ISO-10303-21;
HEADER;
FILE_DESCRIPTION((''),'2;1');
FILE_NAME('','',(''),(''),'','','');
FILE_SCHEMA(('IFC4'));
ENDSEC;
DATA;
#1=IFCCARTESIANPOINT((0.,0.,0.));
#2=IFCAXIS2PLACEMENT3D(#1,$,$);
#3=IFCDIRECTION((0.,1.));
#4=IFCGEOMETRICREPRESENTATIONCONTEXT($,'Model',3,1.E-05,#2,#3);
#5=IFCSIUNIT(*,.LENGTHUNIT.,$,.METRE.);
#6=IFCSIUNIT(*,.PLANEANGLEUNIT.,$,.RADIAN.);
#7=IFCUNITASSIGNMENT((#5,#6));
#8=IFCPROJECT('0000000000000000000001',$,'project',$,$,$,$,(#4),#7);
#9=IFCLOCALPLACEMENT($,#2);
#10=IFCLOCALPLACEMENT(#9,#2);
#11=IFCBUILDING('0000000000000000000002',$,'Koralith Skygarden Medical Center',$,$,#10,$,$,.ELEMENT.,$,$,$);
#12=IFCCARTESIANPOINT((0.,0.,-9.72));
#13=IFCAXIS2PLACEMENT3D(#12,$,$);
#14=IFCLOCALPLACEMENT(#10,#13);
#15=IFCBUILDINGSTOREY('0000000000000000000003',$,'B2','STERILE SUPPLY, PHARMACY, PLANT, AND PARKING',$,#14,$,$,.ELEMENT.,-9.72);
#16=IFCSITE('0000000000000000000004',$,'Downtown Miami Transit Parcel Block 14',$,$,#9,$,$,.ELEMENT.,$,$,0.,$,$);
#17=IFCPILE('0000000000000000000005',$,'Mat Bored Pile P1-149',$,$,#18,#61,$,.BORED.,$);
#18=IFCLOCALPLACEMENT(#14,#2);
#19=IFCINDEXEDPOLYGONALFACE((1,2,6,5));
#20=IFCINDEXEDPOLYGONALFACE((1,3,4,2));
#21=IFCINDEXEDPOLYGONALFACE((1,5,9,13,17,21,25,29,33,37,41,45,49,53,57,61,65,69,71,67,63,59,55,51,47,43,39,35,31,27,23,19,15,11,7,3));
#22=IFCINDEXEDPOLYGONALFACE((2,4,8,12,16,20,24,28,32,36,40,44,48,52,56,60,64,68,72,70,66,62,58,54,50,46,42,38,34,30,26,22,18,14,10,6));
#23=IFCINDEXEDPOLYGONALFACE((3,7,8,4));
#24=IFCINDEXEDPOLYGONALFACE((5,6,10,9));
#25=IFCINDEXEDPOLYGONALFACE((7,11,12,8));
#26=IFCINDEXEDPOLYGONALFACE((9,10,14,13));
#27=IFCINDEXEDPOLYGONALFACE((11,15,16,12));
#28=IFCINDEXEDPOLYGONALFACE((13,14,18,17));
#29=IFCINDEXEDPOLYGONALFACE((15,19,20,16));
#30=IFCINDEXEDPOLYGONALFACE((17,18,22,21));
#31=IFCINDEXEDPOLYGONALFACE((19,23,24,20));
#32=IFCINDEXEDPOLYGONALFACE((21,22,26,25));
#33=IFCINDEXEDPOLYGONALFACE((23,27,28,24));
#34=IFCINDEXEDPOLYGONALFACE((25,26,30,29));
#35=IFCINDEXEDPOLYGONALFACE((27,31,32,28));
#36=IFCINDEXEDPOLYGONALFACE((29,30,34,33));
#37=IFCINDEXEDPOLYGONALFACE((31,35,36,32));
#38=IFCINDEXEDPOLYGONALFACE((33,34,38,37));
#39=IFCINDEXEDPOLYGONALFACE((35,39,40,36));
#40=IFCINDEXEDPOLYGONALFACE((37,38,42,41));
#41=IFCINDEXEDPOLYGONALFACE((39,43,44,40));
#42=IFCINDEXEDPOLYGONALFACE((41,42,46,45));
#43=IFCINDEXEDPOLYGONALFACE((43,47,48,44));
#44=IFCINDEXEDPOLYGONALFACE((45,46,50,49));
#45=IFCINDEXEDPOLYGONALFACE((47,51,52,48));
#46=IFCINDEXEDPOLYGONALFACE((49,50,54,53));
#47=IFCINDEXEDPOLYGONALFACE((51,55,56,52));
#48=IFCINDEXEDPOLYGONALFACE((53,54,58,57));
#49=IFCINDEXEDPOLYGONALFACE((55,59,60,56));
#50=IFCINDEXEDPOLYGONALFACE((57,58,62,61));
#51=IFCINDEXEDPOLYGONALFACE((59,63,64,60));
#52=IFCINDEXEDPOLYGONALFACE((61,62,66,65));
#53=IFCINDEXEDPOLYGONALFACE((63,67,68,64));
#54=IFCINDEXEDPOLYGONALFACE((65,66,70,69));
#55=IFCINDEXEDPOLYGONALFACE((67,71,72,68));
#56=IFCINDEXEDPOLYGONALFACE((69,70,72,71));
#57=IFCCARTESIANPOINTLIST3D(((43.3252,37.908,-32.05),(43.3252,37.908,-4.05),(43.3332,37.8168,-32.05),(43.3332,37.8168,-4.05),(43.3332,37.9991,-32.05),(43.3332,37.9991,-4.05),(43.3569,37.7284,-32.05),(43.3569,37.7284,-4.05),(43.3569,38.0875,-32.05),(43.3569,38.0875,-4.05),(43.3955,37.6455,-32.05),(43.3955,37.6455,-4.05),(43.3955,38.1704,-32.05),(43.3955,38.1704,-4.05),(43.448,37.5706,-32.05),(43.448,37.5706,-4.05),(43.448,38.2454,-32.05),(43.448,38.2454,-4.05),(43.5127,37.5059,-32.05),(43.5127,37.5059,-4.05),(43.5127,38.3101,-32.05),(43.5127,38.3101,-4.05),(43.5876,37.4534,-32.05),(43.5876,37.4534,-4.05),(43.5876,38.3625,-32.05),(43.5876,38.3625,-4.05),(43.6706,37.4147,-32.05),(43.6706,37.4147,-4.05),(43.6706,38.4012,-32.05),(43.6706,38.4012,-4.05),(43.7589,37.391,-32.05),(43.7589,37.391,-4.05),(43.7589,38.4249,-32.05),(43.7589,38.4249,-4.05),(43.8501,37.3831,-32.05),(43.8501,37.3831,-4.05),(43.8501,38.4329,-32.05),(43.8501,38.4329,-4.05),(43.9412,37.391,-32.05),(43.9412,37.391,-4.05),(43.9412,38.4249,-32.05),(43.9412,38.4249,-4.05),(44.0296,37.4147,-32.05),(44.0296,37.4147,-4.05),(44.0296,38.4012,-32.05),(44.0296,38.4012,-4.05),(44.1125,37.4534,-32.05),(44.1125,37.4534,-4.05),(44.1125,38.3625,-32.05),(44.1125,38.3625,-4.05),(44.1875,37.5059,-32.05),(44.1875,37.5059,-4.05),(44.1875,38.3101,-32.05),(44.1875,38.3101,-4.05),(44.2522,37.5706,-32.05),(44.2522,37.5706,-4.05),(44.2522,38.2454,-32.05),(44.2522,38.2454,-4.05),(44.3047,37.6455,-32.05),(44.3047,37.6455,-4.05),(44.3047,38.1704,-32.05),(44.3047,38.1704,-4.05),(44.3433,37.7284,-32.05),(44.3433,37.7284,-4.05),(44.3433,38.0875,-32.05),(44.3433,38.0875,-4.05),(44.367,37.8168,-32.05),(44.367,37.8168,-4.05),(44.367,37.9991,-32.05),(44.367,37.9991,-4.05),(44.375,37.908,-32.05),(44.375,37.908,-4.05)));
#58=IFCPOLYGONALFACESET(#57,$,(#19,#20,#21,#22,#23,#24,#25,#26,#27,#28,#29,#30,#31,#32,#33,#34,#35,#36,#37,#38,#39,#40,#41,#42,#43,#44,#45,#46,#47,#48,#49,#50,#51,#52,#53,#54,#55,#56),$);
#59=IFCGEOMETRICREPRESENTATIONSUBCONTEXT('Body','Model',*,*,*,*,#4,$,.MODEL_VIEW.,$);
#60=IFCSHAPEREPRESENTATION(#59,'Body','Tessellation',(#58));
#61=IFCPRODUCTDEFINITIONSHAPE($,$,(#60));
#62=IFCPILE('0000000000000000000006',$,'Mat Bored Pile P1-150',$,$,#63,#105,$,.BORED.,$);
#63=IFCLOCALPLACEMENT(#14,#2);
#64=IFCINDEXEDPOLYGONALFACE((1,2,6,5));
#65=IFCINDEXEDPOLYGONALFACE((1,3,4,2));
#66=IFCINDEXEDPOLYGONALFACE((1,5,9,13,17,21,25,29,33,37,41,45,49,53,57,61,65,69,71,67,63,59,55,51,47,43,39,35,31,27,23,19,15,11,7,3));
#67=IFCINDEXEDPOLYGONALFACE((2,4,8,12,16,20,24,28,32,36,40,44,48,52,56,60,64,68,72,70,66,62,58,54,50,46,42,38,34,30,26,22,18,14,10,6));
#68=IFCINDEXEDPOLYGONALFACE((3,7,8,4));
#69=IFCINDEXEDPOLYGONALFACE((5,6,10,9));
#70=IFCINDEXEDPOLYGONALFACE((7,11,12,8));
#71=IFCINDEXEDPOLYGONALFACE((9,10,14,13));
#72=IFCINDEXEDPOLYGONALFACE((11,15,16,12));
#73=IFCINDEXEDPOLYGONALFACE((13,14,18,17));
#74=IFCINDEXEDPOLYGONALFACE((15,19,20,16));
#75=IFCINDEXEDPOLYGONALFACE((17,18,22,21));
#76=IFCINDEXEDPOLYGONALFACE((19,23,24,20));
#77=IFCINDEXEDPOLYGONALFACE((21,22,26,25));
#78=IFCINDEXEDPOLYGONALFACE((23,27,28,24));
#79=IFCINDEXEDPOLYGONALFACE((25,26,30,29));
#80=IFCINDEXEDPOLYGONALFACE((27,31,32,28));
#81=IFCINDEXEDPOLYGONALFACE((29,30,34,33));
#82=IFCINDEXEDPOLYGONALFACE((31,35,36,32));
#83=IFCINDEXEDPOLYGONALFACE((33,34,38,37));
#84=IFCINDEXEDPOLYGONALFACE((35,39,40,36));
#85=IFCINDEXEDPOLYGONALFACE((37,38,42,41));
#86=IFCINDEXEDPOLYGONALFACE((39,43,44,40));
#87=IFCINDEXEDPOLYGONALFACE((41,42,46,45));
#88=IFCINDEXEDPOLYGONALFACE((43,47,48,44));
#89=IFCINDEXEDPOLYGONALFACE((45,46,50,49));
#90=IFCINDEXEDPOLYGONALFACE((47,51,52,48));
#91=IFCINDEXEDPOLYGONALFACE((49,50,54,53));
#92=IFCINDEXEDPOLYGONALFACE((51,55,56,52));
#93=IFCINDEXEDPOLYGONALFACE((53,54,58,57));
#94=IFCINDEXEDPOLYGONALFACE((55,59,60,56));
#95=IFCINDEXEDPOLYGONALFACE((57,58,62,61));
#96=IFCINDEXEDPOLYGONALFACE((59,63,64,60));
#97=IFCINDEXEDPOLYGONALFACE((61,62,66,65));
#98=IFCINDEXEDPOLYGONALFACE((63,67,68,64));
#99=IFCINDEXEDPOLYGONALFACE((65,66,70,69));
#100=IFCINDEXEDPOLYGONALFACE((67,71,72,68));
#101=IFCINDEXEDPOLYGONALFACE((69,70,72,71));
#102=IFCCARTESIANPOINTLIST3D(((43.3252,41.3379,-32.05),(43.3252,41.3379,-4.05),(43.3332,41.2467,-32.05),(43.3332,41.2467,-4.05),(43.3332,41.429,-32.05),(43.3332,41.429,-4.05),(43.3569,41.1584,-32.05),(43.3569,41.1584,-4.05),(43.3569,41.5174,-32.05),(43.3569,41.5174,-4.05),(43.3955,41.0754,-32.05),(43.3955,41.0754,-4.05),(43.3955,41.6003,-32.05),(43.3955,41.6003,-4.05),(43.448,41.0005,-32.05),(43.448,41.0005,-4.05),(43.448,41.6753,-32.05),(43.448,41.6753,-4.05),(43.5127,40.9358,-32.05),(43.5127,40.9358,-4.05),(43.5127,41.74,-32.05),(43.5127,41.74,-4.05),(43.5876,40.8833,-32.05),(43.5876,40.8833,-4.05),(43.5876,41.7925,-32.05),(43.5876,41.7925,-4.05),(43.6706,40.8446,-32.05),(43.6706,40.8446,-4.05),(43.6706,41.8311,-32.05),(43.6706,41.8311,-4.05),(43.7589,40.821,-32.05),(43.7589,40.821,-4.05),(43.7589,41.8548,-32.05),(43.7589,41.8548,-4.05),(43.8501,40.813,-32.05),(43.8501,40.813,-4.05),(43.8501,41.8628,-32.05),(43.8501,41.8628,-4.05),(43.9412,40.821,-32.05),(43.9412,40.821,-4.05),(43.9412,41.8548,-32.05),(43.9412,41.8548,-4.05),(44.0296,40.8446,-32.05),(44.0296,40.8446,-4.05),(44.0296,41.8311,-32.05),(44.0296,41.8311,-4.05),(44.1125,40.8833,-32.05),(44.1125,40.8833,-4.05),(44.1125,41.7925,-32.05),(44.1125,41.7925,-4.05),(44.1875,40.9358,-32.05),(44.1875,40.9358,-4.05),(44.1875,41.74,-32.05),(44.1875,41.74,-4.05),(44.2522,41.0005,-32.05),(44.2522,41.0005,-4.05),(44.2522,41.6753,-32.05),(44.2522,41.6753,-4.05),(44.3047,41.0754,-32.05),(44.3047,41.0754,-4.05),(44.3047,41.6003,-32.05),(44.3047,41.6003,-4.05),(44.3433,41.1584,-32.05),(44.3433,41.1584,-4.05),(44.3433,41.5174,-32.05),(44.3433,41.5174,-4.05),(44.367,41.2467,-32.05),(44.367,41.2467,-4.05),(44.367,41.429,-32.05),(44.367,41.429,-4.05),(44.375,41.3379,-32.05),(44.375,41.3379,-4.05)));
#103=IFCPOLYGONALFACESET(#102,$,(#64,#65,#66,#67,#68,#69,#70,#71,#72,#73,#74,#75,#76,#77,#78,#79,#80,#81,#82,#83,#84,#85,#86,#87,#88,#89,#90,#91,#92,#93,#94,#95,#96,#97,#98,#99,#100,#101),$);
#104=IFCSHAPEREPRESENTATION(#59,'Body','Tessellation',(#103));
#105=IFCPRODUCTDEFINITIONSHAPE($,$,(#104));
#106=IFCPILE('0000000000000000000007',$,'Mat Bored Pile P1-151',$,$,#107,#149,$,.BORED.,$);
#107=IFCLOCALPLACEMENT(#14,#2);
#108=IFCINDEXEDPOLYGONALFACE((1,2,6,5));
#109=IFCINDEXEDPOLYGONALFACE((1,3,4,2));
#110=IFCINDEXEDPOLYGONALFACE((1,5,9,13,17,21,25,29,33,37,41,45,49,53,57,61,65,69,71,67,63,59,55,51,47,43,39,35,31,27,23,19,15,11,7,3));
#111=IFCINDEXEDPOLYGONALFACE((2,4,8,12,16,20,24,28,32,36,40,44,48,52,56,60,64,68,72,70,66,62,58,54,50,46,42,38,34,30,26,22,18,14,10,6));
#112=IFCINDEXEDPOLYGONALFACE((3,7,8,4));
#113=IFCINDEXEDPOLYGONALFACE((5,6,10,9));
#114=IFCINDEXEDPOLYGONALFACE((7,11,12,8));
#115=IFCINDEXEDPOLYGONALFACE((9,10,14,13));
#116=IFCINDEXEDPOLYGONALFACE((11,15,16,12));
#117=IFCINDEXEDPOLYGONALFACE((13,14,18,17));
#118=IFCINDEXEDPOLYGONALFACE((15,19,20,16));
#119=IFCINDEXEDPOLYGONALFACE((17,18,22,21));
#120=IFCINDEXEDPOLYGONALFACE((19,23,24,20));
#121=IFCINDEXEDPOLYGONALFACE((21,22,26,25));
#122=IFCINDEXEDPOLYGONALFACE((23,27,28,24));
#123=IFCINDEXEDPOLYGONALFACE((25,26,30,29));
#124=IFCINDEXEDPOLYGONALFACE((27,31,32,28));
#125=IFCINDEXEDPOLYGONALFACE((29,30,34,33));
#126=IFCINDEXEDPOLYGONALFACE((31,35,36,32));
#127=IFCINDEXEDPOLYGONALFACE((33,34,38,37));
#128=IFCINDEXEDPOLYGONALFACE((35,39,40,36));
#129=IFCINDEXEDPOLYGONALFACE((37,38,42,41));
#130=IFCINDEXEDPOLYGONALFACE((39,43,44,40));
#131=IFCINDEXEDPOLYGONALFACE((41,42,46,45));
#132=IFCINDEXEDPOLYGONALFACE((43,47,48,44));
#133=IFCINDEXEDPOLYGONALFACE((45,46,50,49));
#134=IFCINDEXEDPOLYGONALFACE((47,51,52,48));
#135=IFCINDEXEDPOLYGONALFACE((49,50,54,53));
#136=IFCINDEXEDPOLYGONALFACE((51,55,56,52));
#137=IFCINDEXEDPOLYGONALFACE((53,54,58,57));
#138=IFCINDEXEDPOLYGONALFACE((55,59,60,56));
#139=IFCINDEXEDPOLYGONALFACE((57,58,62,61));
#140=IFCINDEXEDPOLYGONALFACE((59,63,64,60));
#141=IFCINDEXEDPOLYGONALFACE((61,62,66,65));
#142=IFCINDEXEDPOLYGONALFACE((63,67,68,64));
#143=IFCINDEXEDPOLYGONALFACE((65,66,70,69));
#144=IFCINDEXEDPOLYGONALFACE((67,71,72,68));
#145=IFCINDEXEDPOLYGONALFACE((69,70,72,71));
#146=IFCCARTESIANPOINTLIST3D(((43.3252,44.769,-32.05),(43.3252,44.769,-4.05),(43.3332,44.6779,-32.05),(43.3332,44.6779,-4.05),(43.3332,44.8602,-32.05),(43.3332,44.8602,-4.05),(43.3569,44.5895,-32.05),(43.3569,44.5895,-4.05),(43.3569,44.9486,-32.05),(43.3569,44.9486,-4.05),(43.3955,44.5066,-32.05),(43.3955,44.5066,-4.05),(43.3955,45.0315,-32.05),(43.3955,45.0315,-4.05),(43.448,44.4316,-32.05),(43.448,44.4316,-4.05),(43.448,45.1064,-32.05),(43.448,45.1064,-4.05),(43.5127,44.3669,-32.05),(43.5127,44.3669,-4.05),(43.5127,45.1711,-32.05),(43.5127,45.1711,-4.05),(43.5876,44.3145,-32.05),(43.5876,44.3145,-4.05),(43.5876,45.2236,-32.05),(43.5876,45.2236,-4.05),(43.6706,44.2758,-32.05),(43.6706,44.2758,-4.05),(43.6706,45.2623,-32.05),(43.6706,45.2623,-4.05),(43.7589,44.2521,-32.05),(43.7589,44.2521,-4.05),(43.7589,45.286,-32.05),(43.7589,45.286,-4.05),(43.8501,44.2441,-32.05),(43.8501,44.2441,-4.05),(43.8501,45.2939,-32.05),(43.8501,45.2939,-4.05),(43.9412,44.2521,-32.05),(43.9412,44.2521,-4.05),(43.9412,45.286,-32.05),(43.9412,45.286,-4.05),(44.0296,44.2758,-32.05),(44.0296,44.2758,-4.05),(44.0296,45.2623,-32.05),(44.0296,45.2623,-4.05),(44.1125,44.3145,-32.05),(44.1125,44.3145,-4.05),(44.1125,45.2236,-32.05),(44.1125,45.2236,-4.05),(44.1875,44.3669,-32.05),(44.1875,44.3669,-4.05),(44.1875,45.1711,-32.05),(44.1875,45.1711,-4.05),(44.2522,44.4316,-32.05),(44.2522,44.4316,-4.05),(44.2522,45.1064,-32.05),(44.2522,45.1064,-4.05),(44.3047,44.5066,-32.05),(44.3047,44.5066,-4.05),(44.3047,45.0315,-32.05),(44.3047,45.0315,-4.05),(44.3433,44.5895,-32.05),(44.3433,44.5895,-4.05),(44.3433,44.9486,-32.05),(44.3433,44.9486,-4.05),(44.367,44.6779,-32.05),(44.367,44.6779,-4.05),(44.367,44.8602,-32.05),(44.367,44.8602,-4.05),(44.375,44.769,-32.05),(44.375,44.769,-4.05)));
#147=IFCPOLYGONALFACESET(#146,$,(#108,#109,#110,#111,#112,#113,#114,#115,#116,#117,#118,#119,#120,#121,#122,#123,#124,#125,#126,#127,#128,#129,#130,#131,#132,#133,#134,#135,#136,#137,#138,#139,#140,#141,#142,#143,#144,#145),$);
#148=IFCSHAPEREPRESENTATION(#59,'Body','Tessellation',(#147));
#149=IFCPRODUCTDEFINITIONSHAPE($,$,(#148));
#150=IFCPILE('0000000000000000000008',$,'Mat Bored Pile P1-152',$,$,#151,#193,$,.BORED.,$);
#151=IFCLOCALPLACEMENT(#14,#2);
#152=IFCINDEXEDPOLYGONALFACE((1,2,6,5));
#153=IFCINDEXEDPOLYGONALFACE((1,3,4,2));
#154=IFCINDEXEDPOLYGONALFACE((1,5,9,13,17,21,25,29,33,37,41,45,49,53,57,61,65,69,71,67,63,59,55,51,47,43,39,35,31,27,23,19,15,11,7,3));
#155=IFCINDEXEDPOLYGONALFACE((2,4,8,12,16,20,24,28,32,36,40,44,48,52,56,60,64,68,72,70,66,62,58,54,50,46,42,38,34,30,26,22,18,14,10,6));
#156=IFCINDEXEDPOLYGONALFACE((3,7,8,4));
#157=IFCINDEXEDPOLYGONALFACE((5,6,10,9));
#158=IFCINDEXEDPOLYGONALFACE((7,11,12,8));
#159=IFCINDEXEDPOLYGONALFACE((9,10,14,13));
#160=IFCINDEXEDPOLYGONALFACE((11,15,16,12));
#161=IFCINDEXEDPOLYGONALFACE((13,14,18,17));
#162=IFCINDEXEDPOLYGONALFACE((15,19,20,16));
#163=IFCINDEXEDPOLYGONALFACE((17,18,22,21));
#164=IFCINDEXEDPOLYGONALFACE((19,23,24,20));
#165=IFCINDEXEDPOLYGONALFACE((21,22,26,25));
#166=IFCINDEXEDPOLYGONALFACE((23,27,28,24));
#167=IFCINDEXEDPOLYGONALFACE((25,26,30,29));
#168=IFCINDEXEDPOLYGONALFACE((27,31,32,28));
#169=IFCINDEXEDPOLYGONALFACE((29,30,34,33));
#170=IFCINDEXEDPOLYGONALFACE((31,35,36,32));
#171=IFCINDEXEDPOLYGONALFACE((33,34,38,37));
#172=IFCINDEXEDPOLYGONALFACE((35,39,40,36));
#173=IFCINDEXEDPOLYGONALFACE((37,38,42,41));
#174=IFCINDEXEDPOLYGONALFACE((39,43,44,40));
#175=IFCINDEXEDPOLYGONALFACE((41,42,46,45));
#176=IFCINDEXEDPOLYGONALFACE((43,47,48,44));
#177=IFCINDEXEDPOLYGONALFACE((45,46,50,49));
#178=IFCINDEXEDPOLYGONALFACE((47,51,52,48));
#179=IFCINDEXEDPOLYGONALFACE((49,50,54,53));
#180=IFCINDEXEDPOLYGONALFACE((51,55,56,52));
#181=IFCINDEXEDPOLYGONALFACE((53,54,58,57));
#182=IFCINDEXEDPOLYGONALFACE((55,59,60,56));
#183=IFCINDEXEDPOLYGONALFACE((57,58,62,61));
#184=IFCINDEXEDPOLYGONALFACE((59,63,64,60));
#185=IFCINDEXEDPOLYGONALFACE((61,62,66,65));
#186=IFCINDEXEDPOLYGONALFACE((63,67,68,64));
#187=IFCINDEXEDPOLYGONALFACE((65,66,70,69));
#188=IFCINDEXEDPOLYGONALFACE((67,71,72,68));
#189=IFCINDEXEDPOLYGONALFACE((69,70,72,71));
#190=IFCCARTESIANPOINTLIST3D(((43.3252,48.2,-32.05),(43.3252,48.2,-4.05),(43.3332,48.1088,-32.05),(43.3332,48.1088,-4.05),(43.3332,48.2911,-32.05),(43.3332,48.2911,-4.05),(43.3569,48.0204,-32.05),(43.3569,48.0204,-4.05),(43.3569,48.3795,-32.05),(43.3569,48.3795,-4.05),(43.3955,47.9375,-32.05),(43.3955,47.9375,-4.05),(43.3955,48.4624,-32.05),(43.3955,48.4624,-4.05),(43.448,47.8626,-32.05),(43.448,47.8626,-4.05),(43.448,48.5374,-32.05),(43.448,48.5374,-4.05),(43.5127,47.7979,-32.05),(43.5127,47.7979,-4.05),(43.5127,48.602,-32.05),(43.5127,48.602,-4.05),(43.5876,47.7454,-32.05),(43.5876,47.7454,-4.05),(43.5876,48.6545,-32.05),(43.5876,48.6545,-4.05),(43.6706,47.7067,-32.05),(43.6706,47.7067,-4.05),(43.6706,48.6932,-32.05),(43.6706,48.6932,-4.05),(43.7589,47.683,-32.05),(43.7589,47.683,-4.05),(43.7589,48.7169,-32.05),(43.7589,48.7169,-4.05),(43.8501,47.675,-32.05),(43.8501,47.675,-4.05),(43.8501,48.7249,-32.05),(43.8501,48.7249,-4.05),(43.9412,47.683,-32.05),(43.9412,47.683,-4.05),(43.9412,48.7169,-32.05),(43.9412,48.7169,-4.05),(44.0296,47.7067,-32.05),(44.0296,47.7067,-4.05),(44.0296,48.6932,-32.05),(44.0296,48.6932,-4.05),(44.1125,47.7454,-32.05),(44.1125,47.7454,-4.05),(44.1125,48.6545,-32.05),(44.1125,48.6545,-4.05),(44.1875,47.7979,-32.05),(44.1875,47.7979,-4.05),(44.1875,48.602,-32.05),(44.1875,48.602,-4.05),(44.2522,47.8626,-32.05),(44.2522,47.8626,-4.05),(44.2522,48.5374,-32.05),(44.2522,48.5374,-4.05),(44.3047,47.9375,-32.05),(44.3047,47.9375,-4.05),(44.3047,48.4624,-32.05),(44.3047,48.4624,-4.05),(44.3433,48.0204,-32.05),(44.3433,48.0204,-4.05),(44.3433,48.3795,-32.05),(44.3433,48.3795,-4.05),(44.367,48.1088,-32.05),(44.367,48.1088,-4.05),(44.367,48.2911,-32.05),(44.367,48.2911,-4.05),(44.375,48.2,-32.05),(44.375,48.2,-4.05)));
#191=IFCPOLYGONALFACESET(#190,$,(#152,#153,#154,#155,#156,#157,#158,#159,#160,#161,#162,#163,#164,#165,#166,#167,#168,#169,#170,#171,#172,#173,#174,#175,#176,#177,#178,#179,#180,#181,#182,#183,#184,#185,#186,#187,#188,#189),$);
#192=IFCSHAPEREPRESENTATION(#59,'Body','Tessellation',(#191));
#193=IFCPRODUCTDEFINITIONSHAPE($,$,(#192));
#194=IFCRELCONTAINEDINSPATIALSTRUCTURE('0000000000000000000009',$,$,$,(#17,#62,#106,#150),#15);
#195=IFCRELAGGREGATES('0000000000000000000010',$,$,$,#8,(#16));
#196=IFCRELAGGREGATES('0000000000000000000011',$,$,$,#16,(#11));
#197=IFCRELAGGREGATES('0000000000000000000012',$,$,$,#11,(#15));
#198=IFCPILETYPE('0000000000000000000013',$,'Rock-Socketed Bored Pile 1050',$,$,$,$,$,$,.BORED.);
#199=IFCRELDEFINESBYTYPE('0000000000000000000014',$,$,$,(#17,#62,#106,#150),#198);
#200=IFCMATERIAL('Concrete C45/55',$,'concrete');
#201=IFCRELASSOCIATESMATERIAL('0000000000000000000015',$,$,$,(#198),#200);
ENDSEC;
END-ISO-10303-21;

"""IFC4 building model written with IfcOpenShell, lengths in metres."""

from ifc_helpers import new_model, si_unit, direction, frame, origin, origin_2d, place, context, subcontext, project, spatial, circle, extrude, material, material_profile, profile_set, type_object, element, save


model = new_model("IFC4")

# Units and contexts
model_context = context("Model", 3, precision=1e-05, world=origin(), true_north=direction((0.0, 1.0)))
body_context = subcontext(model_context, "Body", "Model", "MODEL_VIEW")
ifc_project = project(units=[si_unit("LENGTHUNIT", "METRE"), si_unit("PLANEANGLEUNIT", "RADIAN")], contexts=[model_context])

# Site, building, storey
site_placement = place(None, origin())
site = spatial("IfcSite", under=ifc_project, at=site_placement, Name="Downtown Miami Transit Parcel Block 14", CompositionType="ELEMENT", RefElevation=0.0)
building_placement = place(site_placement, origin())
building = spatial("IfcBuilding", under=site, at=building_placement, Name="Koralith Skygarden Medical Center", CompositionType="ELEMENT")
storey_placement = place(building_placement, frame((0.0, 0.0, -9.72)))
storey = spatial("IfcBuildingStorey", under=building, at=storey_placement, Name="B2", Description="STERILE SUPPLY, PHARMACY, PLANT, AND PARKING", CompositionType="ELEMENT", Elevation=-9.72)

# Piles
ifc_material_1 = material(Name="Concrete C45/55", Category="concrete")
ifc_material_profile_1 = material_profile(ifc_material_1, circle(Radius=0.5249, at=origin_2d()), Name="PILE1050")
ifc_profile_set_1 = profile_set([ifc_material_profile_1], Name="Concrete C45/55")
pile_type_1 = type_object("IfcPileType", Name="Rock-Socketed Bored Pile 1050", PredefinedType="BORED", material=ifc_profile_set_1)
for number, where, z_axis, x_axis, name in (
    (1, (43.8501, 37.908, -4.05), (0.0, 0.0, -1.0), (1.0, 0.0, 0.0), "Mat Bored Pile P1-149"),
    (2, (43.8501, 41.3379, -4.05), (0.0, 0.0, -1.0), (1.0, 0.0, 0.0), "Mat Bored Pile P1-150"),
    (3, (43.8501, 44.769, -4.05), (0.0, 0.0, -1.0), (1.0, 0.0, 0.0), "Mat Bored Pile P1-151"),
    (4, (43.8501, 48.2, -4.05), (0.0, 0.0, -1.0), (1.0, 0.0, 0.0), "Mat Bored Pile P1-152"),
):
    element("IfcPile", number, at=place(storey_placement, frame(where, z_axis=z_axis, x_axis=x_axis)), inside=storey, type_object=pile_type_1, Name=name, PredefinedType="BORED", context=body_context, shape_type="SweptSolid", body=[
        extrude(circle(Radius=0.5249, at=origin_2d()), origin(), (0.0, 0.0, 1.0), 28.0),
    ])

save(model, "model.ifc")
